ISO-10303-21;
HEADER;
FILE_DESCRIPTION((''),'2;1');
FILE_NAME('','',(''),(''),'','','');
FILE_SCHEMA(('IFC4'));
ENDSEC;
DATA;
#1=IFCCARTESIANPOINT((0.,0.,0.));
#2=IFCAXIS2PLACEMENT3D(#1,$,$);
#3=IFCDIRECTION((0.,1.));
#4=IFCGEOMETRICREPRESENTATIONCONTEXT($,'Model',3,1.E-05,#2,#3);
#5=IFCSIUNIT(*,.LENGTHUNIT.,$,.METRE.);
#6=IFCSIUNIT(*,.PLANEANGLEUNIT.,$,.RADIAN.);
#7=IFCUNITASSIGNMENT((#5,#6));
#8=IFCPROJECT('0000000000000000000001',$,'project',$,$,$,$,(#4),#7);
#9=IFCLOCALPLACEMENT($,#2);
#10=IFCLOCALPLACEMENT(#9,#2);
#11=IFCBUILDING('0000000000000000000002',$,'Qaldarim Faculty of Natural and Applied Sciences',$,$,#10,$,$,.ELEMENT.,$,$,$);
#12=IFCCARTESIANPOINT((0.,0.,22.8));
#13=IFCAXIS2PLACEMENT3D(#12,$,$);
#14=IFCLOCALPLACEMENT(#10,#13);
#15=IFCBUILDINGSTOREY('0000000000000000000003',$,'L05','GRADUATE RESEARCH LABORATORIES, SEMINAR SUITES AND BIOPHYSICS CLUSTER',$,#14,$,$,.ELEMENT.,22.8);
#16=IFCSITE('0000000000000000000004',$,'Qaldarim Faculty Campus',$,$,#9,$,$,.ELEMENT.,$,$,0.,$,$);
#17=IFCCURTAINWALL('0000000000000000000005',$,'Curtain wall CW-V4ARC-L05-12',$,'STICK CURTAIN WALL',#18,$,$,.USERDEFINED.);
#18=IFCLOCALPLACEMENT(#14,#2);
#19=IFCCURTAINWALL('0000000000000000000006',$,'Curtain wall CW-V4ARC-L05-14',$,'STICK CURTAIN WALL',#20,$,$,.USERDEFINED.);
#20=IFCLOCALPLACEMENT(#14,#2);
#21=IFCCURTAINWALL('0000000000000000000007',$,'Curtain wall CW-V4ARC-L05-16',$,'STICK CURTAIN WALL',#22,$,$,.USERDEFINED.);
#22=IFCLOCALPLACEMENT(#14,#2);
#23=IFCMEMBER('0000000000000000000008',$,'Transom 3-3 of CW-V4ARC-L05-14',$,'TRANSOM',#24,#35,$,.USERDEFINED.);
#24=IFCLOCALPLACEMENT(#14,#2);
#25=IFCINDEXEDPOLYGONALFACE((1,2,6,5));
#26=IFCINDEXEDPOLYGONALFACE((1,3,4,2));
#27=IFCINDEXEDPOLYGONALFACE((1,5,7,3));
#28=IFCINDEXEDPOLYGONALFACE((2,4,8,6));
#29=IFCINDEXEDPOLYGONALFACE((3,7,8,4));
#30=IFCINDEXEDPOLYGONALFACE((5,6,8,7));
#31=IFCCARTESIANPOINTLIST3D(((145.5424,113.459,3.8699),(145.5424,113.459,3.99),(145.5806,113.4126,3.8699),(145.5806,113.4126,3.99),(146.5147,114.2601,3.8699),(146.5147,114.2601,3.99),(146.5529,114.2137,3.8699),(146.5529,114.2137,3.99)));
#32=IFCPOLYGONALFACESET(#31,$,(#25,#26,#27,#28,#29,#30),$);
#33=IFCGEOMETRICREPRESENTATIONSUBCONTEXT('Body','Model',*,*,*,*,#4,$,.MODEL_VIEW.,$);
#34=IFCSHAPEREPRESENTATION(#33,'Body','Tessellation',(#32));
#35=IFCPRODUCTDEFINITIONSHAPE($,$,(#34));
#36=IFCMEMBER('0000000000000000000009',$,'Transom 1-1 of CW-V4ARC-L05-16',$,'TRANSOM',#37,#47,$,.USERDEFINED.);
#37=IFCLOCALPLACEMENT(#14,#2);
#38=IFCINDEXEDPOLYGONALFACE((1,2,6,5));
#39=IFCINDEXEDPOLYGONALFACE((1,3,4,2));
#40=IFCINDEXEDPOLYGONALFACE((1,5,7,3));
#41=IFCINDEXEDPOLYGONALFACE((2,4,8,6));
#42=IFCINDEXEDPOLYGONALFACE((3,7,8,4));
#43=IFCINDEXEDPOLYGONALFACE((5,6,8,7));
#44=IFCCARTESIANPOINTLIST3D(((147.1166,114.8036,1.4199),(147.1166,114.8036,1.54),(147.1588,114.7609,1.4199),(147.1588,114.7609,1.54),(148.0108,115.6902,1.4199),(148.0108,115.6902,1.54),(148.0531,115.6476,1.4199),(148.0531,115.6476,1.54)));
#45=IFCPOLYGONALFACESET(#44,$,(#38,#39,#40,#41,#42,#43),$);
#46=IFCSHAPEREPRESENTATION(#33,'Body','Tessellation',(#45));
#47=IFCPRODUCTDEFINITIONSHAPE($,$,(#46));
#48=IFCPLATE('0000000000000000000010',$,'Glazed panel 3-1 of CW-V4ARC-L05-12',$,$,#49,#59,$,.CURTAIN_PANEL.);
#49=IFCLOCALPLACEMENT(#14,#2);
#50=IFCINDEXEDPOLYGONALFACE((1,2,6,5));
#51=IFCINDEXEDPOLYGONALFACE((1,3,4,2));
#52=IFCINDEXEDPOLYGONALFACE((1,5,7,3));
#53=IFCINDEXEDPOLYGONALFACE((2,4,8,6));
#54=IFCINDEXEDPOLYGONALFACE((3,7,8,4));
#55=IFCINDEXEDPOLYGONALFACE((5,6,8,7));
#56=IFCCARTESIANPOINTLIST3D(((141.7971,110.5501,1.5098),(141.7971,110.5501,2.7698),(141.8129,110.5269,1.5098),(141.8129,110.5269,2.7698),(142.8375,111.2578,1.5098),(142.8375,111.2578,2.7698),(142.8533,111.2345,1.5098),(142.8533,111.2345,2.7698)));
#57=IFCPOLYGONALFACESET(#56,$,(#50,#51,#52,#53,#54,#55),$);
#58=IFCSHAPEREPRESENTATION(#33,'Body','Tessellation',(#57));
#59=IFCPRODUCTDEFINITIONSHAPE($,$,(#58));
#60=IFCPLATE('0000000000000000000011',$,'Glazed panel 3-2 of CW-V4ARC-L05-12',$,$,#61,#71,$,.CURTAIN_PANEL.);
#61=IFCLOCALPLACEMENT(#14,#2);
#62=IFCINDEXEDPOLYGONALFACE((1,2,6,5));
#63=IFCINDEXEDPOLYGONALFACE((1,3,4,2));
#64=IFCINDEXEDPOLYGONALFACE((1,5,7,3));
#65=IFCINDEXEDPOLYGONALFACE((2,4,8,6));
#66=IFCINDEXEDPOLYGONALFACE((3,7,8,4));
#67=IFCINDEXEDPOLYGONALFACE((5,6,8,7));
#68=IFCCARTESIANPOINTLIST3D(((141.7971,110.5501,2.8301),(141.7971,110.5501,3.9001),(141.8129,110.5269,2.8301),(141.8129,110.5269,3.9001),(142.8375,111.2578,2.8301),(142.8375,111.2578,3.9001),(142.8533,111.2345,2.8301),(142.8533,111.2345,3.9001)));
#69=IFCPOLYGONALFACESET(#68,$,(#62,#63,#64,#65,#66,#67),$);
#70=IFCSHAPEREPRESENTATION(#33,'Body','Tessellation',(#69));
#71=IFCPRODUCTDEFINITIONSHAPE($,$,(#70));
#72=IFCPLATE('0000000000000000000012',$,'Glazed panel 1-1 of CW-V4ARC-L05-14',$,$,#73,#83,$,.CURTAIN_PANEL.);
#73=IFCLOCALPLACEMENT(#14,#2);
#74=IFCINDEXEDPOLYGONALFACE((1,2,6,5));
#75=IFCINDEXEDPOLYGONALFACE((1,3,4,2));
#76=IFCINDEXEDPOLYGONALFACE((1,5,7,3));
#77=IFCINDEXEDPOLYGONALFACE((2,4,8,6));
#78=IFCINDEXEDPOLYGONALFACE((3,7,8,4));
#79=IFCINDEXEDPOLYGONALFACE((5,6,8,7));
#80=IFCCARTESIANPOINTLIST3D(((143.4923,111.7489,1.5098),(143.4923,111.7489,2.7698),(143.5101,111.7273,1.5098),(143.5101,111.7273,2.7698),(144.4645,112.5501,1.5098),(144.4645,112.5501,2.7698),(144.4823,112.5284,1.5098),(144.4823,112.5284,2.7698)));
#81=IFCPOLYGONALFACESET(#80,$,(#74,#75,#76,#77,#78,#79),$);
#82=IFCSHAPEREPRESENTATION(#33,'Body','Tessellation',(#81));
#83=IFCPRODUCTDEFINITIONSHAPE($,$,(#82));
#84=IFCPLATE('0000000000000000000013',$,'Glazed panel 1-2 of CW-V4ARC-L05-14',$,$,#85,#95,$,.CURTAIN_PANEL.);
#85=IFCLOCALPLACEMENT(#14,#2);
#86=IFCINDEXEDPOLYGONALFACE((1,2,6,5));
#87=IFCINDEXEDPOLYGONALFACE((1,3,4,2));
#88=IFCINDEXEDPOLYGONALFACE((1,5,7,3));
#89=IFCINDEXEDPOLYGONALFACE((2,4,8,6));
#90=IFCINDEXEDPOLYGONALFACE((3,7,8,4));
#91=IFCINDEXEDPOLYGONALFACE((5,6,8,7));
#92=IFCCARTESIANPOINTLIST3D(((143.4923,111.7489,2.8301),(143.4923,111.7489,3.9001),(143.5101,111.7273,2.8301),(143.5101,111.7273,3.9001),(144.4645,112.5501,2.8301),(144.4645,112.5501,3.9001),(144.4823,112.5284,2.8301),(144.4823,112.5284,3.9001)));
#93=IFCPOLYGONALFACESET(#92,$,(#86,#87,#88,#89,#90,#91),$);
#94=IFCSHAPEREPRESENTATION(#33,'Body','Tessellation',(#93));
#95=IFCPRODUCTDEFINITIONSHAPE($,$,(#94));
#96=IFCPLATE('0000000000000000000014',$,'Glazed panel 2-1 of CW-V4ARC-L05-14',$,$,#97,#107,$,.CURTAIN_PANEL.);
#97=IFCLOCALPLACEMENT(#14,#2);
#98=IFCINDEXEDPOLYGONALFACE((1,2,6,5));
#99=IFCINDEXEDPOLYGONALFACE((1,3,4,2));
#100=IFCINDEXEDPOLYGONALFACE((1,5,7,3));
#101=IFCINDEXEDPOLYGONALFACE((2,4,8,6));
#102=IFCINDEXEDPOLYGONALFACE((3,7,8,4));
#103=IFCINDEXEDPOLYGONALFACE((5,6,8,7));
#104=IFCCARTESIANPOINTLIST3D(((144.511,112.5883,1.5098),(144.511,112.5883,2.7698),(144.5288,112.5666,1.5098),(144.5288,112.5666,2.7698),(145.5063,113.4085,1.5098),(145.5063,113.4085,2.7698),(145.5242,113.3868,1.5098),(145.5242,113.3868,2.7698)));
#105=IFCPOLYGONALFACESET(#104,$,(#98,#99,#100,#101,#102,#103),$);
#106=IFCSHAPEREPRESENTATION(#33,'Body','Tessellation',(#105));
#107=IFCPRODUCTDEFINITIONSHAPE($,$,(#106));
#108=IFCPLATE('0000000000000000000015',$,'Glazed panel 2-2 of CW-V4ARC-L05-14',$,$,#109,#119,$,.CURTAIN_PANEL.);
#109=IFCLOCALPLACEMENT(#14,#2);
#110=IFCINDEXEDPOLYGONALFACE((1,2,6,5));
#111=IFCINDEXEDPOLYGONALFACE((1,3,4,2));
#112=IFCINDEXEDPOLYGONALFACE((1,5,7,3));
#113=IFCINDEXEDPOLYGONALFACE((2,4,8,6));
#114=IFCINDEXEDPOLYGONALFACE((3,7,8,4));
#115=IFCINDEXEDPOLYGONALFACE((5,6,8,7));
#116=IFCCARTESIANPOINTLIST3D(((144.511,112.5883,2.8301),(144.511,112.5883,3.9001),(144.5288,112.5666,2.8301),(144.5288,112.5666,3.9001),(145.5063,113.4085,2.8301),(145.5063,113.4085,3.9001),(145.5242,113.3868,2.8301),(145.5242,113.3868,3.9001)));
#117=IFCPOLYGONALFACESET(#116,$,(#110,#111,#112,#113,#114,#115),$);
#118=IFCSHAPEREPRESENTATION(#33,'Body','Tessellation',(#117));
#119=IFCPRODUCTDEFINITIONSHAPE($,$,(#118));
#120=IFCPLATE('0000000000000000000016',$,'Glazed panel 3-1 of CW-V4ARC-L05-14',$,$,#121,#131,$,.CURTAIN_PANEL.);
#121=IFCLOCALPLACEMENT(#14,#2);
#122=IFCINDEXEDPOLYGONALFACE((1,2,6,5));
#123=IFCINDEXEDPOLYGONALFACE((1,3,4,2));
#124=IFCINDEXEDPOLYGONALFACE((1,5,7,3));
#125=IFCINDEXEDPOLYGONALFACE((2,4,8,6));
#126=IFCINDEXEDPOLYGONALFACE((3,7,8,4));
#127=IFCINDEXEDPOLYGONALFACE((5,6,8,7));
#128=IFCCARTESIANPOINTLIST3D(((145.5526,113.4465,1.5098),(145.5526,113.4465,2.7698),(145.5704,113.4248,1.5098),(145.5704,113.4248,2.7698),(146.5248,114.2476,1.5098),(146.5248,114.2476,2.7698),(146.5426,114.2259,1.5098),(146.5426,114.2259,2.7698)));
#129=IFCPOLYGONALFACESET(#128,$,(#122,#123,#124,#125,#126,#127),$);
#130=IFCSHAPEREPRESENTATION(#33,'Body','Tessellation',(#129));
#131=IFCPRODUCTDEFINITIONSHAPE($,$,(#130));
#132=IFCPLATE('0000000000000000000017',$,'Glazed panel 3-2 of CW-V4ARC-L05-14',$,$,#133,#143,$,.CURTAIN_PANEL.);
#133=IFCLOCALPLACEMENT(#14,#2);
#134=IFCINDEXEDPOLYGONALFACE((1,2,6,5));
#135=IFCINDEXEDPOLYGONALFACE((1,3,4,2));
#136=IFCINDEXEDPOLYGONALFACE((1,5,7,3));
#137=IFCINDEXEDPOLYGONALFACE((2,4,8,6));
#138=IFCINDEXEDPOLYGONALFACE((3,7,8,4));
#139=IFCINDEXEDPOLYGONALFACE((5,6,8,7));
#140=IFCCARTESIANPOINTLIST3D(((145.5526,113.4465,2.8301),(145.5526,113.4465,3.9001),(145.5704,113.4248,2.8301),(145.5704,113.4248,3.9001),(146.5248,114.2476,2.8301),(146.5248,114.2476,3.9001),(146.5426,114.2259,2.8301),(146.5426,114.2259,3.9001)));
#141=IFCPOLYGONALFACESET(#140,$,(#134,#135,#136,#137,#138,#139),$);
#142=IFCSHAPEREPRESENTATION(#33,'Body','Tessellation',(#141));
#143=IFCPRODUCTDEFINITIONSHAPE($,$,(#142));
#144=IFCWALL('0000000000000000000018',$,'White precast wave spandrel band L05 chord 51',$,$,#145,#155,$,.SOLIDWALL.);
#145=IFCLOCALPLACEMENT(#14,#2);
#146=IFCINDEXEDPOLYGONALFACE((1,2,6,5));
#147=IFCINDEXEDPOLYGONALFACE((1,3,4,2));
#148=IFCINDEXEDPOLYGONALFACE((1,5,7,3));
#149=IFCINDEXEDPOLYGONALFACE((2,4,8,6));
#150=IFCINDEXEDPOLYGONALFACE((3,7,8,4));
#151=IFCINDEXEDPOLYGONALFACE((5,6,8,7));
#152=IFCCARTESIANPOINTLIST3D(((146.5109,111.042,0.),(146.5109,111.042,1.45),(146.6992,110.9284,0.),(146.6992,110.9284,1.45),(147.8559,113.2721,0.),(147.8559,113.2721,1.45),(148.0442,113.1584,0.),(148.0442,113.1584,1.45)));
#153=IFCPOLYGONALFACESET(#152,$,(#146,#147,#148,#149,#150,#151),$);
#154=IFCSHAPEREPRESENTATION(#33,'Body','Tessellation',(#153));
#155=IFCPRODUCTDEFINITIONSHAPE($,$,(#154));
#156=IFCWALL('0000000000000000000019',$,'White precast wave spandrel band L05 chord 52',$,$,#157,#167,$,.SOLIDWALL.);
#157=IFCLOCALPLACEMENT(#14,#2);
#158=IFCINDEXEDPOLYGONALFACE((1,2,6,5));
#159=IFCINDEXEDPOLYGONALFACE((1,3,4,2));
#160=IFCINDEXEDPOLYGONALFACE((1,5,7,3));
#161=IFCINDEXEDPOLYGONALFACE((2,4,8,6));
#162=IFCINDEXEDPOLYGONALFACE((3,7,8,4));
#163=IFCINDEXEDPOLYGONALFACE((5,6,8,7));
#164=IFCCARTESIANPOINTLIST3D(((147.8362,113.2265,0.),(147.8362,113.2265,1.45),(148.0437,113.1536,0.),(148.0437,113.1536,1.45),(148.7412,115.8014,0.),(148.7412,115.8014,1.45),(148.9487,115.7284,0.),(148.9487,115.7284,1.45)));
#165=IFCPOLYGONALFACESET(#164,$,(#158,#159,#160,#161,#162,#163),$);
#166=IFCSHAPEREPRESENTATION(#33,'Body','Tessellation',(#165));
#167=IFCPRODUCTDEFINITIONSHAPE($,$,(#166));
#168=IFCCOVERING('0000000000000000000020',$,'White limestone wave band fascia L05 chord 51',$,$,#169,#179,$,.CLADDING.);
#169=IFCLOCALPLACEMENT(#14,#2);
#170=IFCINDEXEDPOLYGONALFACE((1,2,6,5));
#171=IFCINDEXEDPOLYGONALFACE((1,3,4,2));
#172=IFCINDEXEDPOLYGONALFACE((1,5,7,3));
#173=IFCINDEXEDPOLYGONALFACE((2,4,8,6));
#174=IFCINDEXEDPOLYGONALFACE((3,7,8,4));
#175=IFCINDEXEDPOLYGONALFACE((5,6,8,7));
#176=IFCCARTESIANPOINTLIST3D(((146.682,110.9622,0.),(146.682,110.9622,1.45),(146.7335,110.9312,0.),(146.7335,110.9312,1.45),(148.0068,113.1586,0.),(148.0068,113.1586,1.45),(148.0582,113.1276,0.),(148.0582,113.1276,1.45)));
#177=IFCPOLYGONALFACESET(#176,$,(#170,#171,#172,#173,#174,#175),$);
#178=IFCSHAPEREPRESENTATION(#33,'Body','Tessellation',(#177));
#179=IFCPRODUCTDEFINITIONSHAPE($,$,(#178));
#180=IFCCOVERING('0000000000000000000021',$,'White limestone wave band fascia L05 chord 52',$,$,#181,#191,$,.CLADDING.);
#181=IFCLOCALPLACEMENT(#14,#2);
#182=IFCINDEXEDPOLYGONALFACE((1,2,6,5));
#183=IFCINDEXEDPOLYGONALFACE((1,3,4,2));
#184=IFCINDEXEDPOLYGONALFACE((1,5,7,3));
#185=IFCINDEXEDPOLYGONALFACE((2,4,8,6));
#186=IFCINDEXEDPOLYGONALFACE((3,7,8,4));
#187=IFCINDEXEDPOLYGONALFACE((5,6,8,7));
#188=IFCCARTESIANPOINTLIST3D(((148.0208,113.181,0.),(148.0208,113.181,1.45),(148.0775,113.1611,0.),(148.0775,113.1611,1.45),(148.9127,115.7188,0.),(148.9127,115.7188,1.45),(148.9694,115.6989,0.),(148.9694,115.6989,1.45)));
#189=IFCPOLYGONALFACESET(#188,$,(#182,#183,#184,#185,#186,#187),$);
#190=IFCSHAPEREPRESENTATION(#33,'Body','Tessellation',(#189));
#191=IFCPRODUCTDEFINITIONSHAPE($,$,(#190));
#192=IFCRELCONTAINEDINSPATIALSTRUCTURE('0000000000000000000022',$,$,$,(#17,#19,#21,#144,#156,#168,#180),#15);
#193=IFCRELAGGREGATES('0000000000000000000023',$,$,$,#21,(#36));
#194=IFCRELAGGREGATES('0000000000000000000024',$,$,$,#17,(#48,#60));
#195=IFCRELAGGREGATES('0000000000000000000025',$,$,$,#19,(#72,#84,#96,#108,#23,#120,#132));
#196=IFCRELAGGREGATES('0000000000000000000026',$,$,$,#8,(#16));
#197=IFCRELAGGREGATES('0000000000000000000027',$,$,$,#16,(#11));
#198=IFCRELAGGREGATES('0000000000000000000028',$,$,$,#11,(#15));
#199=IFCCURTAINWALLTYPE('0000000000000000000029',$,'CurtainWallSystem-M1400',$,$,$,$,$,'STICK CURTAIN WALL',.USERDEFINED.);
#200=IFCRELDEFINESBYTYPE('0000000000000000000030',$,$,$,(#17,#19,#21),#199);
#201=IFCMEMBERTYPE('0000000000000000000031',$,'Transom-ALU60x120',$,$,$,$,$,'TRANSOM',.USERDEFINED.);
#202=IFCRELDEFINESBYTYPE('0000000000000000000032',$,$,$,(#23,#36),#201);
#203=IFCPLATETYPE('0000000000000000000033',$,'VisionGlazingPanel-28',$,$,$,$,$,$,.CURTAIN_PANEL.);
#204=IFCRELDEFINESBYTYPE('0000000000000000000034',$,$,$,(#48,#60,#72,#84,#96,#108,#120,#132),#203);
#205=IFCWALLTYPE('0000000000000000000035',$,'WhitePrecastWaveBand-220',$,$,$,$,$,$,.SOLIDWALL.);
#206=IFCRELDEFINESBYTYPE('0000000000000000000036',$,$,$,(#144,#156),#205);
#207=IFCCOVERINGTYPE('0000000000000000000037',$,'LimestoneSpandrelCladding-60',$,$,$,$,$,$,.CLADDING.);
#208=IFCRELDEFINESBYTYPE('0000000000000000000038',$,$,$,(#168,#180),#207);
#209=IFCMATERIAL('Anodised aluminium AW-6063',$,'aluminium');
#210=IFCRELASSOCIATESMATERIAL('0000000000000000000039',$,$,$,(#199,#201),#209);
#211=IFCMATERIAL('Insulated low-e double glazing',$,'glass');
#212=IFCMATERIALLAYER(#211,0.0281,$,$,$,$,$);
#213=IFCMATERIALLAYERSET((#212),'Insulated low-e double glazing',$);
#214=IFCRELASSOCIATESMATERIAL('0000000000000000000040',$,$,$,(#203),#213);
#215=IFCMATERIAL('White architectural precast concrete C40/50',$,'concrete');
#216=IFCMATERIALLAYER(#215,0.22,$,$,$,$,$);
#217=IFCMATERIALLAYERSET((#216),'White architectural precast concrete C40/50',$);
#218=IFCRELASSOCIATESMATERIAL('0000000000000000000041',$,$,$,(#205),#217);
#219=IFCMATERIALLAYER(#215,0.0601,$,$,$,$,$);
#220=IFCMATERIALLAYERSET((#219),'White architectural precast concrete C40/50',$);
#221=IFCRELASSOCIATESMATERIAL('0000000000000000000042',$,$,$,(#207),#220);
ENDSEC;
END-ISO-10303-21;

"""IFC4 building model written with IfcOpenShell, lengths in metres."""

from ifc_helpers import new_model, si_unit, direction, frame, frame_2d, origin, origin_2d, place, context, subcontext, project, spatial, rectangle, extrude, material, layer, layer_set, material_profile, profile_set, type_object, element, aggregate, save


model = new_model("IFC4")

# Units and contexts
model_context = context("Model", 3, precision=1e-05, world=origin(), true_north=direction((0.0, 1.0)))
body_context = subcontext(model_context, "Body", "Model", "MODEL_VIEW")
ifc_project = project(units=[si_unit("LENGTHUNIT", "METRE"), si_unit("PLANEANGLEUNIT", "RADIAN")], contexts=[model_context])

# Site, building, storey
site_placement = place(None, origin())
site = spatial("IfcSite", under=ifc_project, at=site_placement, Name="Qaldarim Faculty Campus", CompositionType="ELEMENT", RefElevation=0.0)
building_placement = place(site_placement, origin())
building = spatial("IfcBuilding", under=site, at=building_placement, Name="Qaldarim Faculty of Natural and Applied Sciences", CompositionType="ELEMENT")
storey_placement = place(building_placement, frame((0.0, 0.0, 22.8)))
storey = spatial("IfcBuildingStorey", under=building, at=storey_placement, Name="L05", Description="GRADUATE RESEARCH LABORATORIES, SEMINAR SUITES AND BIOPHYSICS CLUSTER", CompositionType="ELEMENT", Elevation=22.8)

# Curtain wall
ifc_material_1 = material(Name="Anodised aluminium AW-6063", Category="aluminium")
curtain_wall_type = type_object("IfcCurtainWallType", Name="CurtainWallSystem-M1400", ElementType="STICK CURTAIN WALL", PredefinedType="USERDEFINED", material=ifc_material_1)
curtain_wall_1_placement = place(storey_placement, origin())
curtain_wall_1 = element("IfcCurtainWall", 1, at=curtain_wall_1_placement, inside=storey, type_object=curtain_wall_type, Name="Curtain wall CW-V4ARC-L05-12", ObjectType="STICK CURTAIN WALL", PredefinedType="USERDEFINED")

# Curtain wall
curtain_wall_2_placement = place(storey_placement, origin())
curtain_wall_2 = element("IfcCurtainWall", 2, at=curtain_wall_2_placement, inside=storey, type_object=curtain_wall_type, Name="Curtain wall CW-V4ARC-L05-14", ObjectType="STICK CURTAIN WALL", PredefinedType="USERDEFINED")

# Curtain wall
curtain_wall_3_placement = place(storey_placement, origin())
curtain_wall_3 = element("IfcCurtainWall", 3, at=curtain_wall_3_placement, inside=storey, type_object=curtain_wall_type, Name="Curtain wall CW-V4ARC-L05-16", ObjectType="STICK CURTAIN WALL", PredefinedType="USERDEFINED")

# Members
ifc_material_profile_1 = material_profile(ifc_material_1, rectangle(XDim=0.0601, YDim=0.1201, at=origin_2d()), Name="ALU-T60x120")
ifc_profile_set_1 = profile_set([ifc_material_profile_1], Name="Anodised aluminium AW-6063")
member_type_1 = type_object("IfcMemberType", Name="Transom-ALU60x120", ElementType="TRANSOM", PredefinedType="USERDEFINED", material=ifc_profile_set_1)
member_1_placement = place(storey_placement, frame((145.5615, 113.4358, 3.9299), z_axis=(0.771768, 0.635904, 0.0), x_axis=(-0.635904, 0.771768, 0.0)))
member_1 = element("IfcMember", 4, at=member_1_placement, type_object=member_type_1, Name="Transom 3-3 of CW-V4ARC-L05-14", ObjectType="TRANSOM", PredefinedType="USERDEFINED", context=body_context, shape_type="SweptSolid", body=[
    extrude(rectangle(XDim=0.0601, YDim=0.1201, at=origin_2d()), origin(), (0.0, 0.0, 1.0), 1.2598),
])
member_2_placement = place(storey_placement, frame((147.1377, 114.7822, 1.48), z_axis=(0.710105, 0.704096, 0.0), x_axis=(-0.704096, 0.710105, 0.0)))
member_2 = element("IfcMember", 5, at=member_2_placement, type_object=member_type_1, Name="Transom 1-1 of CW-V4ARC-L05-16", ObjectType="TRANSOM", PredefinedType="USERDEFINED", context=body_context, shape_type="SweptSolid", body=[
    extrude(rectangle(XDim=0.0601, YDim=0.1201, at=origin_2d()), origin(), (0.0, 0.0, 1.0), 1.2593),
])
aggregate(curtain_wall_3, [member_2])

# Plates
ifc_material_2 = material(Name="Insulated low-e double glazing", Category="glass")
ifc_layer_1 = layer(ifc_material_2, 0.0281)
ifc_layer_set_1 = layer_set([ifc_layer_1], Name="Insulated low-e double glazing")
plate_type = type_object("IfcPlateType", Name="VisionGlazingPanel-28", PredefinedType="CURTAIN_PANEL", material=ifc_layer_set_1)
plate_1_placement = place(storey_placement, frame((142.3252, 110.8923, 1.5098), z_axis=(0.0, 0.0, 1.0), x_axis=(0.826884, 0.562372, 0.0)))
plate_1 = element("IfcPlate", 6, at=plate_1_placement, type_object=plate_type, Name="Glazed panel 3-1 of CW-V4ARC-L05-12", PredefinedType="CURTAIN_PANEL", context=body_context, shape_type="SweptSolid", body=[
    extrude(rectangle(XDim=1.2583, YDim=0.0281, at=origin_2d()), origin(), (0.0, 0.0, 1.0), 1.26),
])
plate_2_placement = place(storey_placement, frame((142.3252, 110.8923, 2.8301), z_axis=(0.0, 0.0, 1.0), x_axis=(0.826884, 0.562372, 0.0)))
plate_2 = element("IfcPlate", 7, at=plate_2_placement, type_object=plate_type, Name="Glazed panel 3-2 of CW-V4ARC-L05-12", PredefinedType="CURTAIN_PANEL", context=body_context, shape_type="SweptSolid", body=[
    extrude(rectangle(XDim=1.2583, YDim=0.0281, at=origin_2d()), origin(), (0.0, 0.0, 1.0), 1.0701),
])
aggregate(curtain_wall_1, [plate_1, plate_2])
plate_3_placement = place(storey_placement, frame((143.9873, 112.1387, 1.5098), z_axis=(0.0, 0.0, 1.0), x_axis=(0.771747, 0.63593, 0.0)))
plate_3 = element("IfcPlate", 8, at=plate_3_placement, type_object=plate_type, Name="Glazed panel 1-1 of CW-V4ARC-L05-14", PredefinedType="CURTAIN_PANEL", context=body_context, shape_type="SweptSolid", body=[
    extrude(rectangle(XDim=1.2598, YDim=0.0281, at=origin_2d()), origin(), (0.0, 0.0, 1.0), 1.26),
])
plate_4_placement = place(storey_placement, frame((143.9873, 112.1387, 2.8301), z_axis=(0.0, 0.0, 1.0), x_axis=(0.771747, 0.63593, 0.0)))
plate_4 = element("IfcPlate", 9, at=plate_4_placement, type_object=plate_type, Name="Glazed panel 1-2 of CW-V4ARC-L05-14", PredefinedType="CURTAIN_PANEL", context=body_context, shape_type="SweptSolid", body=[
    extrude(rectangle(XDim=1.2598, YDim=0.0281, at=origin_2d()), origin(), (0.0, 0.0, 1.0), 1.0701),
])
plate_5_placement = place(storey_placement, frame((145.0176, 112.9875, 1.5098), z_axis=(0.0, 0.0, 1.0), x_axis=(0.771747, 0.63593, 0.0)))
plate_5 = element("IfcPlate", 10, at=plate_5_placement, type_object=plate_type, Name="Glazed panel 2-1 of CW-V4ARC-L05-14", PredefinedType="CURTAIN_PANEL", context=body_context, shape_type="SweptSolid", body=[
    extrude(rectangle(XDim=1.2898, YDim=0.0281, at=origin_2d()), origin(), (0.0, 0.0, 1.0), 1.26),
])
plate_6_placement = place(storey_placement, frame((145.0176, 112.9875, 2.8301), z_axis=(0.0, 0.0, 1.0), x_axis=(0.771747, 0.63593, 0.0)))
plate_6 = element("IfcPlate", 11, at=plate_6_placement, type_object=plate_type, Name="Glazed panel 2-2 of CW-V4ARC-L05-14", PredefinedType="CURTAIN_PANEL", context=body_context, shape_type="SweptSolid", body=[
    extrude(rectangle(XDim=1.2898, YDim=0.0281, at=origin_2d()), origin(), (0.0, 0.0, 1.0), 1.0701),
])
plate_7_placement = place(storey_placement, frame((146.0476, 113.8362, 1.5098), z_axis=(0.0, 0.0, 1.0), x_axis=(0.771747, 0.63593, 0.0)))
plate_7 = element("IfcPlate", 12, at=plate_7_placement, type_object=plate_type, Name="Glazed panel 3-1 of CW-V4ARC-L05-14", PredefinedType="CURTAIN_PANEL", context=body_context, shape_type="SweptSolid", body=[
    extrude(rectangle(XDim=1.2598, YDim=0.0281, at=origin_2d()), origin(), (0.0, 0.0, 1.0), 1.26),
])
plate_8_placement = place(storey_placement, frame((146.0476, 113.8362, 2.8301), z_axis=(0.0, 0.0, 1.0), x_axis=(0.771747, 0.63593, 0.0)))
plate_8 = element("IfcPlate", 13, at=plate_8_placement, type_object=plate_type, Name="Glazed panel 3-2 of CW-V4ARC-L05-14", PredefinedType="CURTAIN_PANEL", context=body_context, shape_type="SweptSolid", body=[
    extrude(rectangle(XDim=1.2598, YDim=0.0281, at=origin_2d()), origin(), (0.0, 0.0, 1.0), 1.0701),
])
aggregate(curtain_wall_2, [plate_3, plate_4, plate_5, plate_6, member_1, plate_7, plate_8])

# Walls
ifc_material_3 = material(Name="White architectural precast concrete C40/50", Category="concrete")
ifc_layer_2 = layer(ifc_material_3, 0.22)
ifc_layer_set_2 = layer_set([ifc_layer_2], Name="White architectural precast concrete C40/50")
wall_type = type_object("IfcWallType", Name="WhitePrecastWaveBand-220", PredefinedType="SOLIDWALL", material=ifc_layer_set_2)
wall_1_placement = place(storey_placement, frame((146.605, 110.9851, 0.0), z_axis=(0.0, 0.0, 1.0), x_axis=(0.516466, 0.856308, 0.0)))
element("IfcWall", 14, at=wall_1_placement, inside=storey, type_object=wall_type, Name="White precast wave spandrel band L05 chord 51", PredefinedType="SOLIDWALL", context=body_context, shape_type="SweptSolid", body=[
    extrude(rectangle(XDim=2.6042, YDim=0.22, at=frame_2d((1.3022, 0.0))), origin(), (0.0, 0.0, 1.0), 1.45),
])
wall_2_placement = place(storey_placement, frame((147.9399, 113.1899, 0.0), z_axis=(0.0, 0.0, 1.0), x_axis=(0.331589, 0.943424, 0.0)))
element("IfcWall", 15, at=wall_2_placement, inside=storey, type_object=wall_type, Name="White precast wave spandrel band L05 chord 52", PredefinedType="SOLIDWALL", context=body_context, shape_type="SweptSolid", body=[
    extrude(rectangle(XDim=2.7292, YDim=0.22, at=frame_2d((1.3647, 0.0))), origin(), (0.0, 0.0, 1.0), 1.45),
])

# Coverings
ifc_layer_3 = layer(ifc_material_3, 0.0601)
ifc_layer_set_3 = layer_set([ifc_layer_3], Name="White architectural precast concrete C40/50")
covering_type = type_object("IfcCoveringType", Name="LimestoneSpandrelCladding-60", PredefinedType="CLADDING", material=ifc_layer_set_3)
covering_1_placement = place(storey_placement, frame((147.3701, 112.0449, 0.0), z_axis=(0.0, 0.0, 1.0), x_axis=(0.516474, 0.856303, 0.0)))
element("IfcCovering", 16, at=covering_1_placement, inside=storey, type_object=covering_type, Name="White limestone wave band fascia L05 chord 51", PredefinedType="CLADDING", context=body_context, shape_type="SweptSolid", body=[
    extrude(rectangle(XDim=2.5649, YDim=0.0601, at=origin_2d()), origin(), (0.0, 0.0, 1.0), 1.45),
])
covering_2_placement = place(storey_placement, frame((148.4951, 114.4399, 0.0), z_axis=(0.0, 0.0, 1.0), x_axis=(0.331568, 0.943431, 0.0)))
element("IfcCovering", 17, at=covering_2_placement, inside=storey, type_object=covering_type, Name="White limestone wave band fascia L05 chord 52", PredefinedType="CLADDING", context=body_context, shape_type="SweptSolid", body=[
    extrude(rectangle(XDim=2.6899, YDim=0.0601, at=origin_2d()), origin(), (0.0, 0.0, 1.0), 1.45),
])

save(model, "model.ifc")
